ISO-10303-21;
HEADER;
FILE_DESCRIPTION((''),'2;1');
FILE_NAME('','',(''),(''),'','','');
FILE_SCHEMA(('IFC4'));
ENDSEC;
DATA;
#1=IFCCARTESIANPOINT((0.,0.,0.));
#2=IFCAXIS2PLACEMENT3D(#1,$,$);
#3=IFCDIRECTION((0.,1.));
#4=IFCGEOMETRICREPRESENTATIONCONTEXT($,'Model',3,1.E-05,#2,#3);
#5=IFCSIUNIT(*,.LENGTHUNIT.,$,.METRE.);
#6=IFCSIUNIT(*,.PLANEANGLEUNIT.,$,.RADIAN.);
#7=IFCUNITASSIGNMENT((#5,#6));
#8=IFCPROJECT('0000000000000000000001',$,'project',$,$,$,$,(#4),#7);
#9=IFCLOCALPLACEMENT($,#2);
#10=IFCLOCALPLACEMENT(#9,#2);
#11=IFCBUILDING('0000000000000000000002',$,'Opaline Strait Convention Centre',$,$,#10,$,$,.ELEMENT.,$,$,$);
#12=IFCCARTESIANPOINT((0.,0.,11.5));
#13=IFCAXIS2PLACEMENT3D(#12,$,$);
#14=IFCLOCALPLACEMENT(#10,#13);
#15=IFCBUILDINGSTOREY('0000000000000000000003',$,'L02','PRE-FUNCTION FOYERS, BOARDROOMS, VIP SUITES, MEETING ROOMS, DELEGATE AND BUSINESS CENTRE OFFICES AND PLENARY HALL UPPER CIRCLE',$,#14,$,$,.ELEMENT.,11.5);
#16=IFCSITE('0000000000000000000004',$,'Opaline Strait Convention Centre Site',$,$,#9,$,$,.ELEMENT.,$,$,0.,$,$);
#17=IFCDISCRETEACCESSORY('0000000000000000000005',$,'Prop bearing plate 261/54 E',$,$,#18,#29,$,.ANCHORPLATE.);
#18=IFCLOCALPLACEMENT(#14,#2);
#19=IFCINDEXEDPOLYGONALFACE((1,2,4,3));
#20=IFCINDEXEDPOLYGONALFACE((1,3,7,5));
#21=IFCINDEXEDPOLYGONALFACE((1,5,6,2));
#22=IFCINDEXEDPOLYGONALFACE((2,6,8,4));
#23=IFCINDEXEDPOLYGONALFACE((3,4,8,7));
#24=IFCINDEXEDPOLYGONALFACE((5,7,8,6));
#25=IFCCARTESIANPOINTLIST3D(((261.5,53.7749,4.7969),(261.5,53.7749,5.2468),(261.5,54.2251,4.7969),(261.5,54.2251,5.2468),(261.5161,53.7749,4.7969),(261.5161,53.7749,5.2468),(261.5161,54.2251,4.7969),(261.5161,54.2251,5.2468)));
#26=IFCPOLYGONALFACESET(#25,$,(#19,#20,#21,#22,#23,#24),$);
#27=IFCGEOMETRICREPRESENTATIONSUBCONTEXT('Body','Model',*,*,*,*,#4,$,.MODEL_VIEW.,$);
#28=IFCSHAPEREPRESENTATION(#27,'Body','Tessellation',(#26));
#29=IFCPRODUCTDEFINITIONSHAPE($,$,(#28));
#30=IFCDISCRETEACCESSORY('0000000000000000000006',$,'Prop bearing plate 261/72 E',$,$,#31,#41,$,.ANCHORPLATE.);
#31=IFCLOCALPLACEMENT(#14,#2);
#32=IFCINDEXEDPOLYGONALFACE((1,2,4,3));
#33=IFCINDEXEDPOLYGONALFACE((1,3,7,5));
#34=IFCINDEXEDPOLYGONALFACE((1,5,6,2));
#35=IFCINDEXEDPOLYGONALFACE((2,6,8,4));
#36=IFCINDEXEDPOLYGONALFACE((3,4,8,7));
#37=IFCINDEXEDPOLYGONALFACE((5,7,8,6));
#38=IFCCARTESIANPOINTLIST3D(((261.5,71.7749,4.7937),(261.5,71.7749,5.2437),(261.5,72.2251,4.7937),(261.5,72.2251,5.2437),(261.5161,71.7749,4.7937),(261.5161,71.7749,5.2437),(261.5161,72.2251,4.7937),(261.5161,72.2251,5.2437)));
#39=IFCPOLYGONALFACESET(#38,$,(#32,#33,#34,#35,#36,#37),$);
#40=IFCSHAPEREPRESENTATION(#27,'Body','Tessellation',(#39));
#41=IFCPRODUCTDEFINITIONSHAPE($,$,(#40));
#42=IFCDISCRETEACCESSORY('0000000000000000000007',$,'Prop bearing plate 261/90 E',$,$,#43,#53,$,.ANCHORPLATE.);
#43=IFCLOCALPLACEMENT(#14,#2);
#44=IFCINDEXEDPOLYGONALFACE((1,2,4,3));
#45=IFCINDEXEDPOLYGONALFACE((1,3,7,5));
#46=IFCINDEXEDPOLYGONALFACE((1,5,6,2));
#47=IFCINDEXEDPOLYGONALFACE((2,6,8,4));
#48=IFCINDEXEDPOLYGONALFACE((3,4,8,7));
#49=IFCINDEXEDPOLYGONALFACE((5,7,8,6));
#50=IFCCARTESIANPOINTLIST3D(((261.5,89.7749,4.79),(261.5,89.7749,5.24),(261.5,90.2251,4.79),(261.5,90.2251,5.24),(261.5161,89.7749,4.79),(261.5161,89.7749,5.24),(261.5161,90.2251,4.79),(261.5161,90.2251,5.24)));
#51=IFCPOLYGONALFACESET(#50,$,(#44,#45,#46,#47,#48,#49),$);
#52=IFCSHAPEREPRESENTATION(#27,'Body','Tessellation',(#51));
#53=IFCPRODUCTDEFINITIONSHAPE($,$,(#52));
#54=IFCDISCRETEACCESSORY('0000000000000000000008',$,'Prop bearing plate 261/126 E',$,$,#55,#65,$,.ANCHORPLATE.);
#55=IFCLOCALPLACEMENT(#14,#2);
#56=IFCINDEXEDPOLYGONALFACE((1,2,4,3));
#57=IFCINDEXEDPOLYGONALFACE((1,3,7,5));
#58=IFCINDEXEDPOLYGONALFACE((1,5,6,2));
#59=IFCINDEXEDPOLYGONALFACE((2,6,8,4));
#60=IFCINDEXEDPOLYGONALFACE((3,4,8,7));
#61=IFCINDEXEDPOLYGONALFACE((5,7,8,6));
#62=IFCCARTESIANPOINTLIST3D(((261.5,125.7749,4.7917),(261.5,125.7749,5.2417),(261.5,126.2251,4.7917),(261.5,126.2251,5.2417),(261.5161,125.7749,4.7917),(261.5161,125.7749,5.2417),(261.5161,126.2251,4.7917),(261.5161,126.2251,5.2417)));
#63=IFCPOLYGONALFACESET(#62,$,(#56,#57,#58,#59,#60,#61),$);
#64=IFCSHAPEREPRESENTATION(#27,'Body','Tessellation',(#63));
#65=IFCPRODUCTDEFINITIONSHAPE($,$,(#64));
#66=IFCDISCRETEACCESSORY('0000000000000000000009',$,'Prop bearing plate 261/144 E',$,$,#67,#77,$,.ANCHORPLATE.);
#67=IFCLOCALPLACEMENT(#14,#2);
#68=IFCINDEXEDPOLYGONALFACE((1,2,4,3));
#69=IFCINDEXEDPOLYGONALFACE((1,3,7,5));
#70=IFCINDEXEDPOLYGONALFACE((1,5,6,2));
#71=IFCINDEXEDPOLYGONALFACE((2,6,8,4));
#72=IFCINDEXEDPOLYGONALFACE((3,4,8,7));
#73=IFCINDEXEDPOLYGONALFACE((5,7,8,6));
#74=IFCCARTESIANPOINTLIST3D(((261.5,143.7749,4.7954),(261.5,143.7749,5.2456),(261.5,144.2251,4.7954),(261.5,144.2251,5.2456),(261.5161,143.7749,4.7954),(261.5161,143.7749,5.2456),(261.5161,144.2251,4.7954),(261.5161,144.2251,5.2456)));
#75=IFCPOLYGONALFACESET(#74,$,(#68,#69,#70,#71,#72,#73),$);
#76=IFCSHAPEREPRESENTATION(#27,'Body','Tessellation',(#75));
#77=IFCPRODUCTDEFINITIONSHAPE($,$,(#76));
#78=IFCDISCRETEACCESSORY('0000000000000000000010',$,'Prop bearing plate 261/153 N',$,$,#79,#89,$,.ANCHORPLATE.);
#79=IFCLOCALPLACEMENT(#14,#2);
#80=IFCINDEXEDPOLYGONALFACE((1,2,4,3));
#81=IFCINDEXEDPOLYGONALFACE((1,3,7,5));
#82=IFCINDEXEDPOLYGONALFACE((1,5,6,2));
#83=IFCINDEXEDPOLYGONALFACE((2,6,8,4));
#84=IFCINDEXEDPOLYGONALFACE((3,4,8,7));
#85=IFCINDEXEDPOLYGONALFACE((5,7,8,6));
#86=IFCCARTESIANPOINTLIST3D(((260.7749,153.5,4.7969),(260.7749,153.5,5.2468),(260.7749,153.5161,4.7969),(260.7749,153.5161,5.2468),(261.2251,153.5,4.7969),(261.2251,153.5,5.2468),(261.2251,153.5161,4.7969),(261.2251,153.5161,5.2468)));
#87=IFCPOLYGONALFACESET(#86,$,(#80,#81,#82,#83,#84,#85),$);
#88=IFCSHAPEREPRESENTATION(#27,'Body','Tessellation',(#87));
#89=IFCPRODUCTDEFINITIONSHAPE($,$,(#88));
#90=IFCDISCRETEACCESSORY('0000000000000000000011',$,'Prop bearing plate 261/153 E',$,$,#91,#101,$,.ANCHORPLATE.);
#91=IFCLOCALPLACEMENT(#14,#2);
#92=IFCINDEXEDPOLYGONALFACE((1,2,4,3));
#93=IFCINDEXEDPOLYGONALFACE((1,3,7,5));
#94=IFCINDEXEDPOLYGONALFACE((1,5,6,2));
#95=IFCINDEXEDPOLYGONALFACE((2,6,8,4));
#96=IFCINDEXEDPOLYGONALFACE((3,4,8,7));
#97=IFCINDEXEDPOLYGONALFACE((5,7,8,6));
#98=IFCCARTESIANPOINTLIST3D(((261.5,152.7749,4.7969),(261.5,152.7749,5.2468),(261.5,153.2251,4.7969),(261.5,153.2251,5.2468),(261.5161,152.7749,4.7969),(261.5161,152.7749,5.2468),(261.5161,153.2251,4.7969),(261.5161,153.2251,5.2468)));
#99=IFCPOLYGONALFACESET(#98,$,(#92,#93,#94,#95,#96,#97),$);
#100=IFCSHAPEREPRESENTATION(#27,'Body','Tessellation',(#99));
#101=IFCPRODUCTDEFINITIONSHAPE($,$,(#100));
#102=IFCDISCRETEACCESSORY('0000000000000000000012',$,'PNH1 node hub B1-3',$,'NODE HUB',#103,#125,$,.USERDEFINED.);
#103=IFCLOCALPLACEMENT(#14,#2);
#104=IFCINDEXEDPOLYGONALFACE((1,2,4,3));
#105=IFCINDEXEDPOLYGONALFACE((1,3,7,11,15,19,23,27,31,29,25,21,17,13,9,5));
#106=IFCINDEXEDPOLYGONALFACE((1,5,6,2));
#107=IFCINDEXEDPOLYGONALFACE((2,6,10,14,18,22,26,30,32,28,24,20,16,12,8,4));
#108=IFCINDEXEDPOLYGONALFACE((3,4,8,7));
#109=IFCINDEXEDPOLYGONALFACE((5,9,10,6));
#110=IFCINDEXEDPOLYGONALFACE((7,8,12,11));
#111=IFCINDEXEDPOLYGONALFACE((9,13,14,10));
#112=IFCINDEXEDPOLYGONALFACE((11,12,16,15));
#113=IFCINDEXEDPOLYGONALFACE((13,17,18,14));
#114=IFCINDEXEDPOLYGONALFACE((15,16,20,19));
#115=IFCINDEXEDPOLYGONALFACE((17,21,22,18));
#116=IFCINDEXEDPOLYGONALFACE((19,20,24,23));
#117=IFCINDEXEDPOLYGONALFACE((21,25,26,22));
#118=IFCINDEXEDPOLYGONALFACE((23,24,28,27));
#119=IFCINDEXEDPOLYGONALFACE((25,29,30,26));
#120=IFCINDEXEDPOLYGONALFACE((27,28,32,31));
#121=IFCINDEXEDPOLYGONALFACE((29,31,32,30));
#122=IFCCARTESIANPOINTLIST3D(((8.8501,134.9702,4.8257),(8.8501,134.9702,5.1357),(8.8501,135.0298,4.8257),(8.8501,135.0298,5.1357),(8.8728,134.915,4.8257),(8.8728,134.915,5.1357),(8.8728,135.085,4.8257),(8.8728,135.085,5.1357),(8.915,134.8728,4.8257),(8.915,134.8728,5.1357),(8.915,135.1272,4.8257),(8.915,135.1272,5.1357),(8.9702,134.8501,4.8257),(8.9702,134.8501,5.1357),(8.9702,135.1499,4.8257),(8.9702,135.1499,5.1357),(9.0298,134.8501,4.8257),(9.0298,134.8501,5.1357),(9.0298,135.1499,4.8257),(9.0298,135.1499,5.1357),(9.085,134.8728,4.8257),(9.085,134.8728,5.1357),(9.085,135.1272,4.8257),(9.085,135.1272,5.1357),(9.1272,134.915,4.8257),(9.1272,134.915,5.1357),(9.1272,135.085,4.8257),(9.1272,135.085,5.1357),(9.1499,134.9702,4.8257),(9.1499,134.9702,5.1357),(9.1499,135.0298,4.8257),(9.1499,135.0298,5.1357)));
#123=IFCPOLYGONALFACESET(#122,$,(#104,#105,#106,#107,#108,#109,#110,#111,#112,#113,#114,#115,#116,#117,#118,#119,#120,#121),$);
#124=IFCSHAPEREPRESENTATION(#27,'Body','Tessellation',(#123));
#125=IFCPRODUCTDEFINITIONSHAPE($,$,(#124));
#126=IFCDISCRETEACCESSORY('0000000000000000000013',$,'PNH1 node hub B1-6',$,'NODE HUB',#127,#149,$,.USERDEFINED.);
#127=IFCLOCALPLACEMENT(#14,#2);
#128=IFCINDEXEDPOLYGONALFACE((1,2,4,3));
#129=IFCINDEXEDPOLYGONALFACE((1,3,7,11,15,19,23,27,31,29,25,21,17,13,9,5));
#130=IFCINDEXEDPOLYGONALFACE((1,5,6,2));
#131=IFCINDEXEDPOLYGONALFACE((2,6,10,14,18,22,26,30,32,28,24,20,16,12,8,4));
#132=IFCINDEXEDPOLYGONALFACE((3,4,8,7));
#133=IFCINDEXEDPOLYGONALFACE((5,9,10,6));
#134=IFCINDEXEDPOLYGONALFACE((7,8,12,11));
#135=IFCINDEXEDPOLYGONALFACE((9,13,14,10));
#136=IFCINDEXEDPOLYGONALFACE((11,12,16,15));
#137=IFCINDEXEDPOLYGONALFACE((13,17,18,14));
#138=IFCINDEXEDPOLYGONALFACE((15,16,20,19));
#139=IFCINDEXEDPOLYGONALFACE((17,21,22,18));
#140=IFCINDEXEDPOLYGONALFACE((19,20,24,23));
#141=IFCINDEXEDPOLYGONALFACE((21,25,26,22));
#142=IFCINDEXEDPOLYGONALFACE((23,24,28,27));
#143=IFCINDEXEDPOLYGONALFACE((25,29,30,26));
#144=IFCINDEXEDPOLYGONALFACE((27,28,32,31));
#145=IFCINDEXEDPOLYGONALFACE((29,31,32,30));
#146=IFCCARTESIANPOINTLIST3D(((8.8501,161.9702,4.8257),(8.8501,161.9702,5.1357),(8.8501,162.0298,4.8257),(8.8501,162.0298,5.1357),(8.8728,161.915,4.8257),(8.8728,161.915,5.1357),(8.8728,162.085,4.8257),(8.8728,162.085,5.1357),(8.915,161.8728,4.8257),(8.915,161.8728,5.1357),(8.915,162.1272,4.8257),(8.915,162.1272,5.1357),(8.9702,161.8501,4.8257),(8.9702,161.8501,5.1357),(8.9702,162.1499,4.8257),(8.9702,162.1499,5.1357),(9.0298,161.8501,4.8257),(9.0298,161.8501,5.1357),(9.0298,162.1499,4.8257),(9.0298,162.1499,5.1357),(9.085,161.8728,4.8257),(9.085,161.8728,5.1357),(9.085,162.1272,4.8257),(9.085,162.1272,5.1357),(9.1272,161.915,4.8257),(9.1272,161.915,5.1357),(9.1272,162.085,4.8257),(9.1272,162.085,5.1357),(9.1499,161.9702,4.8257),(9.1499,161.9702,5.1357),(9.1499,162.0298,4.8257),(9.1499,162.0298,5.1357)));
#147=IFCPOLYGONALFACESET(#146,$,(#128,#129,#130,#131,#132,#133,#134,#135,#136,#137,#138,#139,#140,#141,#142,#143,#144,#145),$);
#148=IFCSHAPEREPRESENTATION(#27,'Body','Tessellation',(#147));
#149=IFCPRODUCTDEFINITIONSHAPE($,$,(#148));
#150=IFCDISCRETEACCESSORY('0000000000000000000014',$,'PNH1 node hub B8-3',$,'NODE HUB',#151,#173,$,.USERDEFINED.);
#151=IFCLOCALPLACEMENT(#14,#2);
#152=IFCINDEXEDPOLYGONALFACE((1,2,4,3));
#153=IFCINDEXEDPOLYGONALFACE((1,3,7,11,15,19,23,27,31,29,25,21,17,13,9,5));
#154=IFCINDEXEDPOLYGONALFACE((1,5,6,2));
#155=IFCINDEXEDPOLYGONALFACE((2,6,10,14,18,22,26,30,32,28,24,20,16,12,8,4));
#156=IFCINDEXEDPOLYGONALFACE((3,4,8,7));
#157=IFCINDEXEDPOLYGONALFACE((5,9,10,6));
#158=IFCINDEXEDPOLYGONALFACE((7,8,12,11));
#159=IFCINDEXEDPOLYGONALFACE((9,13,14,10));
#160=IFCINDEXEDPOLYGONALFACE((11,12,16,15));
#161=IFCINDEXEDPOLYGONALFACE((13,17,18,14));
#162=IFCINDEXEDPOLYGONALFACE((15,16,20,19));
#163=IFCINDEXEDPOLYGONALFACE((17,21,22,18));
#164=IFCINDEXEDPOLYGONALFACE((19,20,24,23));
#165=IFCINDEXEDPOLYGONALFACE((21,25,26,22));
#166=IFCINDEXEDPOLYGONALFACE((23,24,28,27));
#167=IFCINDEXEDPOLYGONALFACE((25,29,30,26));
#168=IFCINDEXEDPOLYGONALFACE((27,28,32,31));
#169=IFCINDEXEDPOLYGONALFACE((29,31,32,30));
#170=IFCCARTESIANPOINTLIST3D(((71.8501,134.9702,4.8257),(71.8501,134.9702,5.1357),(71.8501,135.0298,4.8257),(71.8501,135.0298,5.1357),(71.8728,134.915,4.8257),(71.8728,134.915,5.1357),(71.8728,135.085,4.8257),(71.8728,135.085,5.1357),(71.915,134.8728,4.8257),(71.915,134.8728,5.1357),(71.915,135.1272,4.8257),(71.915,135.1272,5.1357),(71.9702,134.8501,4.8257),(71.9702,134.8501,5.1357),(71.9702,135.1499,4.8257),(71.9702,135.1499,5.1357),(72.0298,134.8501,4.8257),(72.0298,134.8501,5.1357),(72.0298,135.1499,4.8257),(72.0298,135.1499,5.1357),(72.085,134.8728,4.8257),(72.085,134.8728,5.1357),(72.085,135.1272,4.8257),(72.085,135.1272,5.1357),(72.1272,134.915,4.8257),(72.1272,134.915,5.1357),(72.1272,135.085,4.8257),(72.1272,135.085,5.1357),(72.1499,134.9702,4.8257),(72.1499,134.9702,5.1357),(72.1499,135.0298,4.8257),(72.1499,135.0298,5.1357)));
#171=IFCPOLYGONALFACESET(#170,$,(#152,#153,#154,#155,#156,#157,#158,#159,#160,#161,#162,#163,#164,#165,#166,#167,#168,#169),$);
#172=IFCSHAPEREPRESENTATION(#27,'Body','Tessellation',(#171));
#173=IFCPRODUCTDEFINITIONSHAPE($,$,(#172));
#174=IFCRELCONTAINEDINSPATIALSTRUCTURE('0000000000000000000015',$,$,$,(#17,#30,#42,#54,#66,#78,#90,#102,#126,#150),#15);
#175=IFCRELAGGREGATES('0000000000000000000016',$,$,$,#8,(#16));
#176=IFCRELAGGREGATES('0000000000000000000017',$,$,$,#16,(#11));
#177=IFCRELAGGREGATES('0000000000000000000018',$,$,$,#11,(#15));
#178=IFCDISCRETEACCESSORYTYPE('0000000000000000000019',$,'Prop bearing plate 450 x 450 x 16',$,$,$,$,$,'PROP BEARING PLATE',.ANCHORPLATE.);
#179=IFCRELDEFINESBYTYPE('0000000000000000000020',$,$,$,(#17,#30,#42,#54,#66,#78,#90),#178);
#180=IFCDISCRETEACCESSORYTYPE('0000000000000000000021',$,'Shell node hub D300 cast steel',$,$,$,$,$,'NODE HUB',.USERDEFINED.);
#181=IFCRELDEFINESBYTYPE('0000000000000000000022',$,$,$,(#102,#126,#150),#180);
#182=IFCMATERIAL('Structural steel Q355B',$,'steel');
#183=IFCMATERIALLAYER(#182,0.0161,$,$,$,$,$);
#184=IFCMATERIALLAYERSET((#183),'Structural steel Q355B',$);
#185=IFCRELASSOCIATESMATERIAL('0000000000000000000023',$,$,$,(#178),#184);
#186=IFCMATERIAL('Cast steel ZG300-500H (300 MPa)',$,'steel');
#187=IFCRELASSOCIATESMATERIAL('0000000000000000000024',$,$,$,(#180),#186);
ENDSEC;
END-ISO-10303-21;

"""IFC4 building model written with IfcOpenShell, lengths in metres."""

from ifc_helpers import new_model, si_unit, direction, frame, origin, place, context, subcontext, project, spatial, polyline, outline, extrude, material, layer, layer_set, type_object, element, save


model = new_model("IFC4")

# Units and contexts
model_context = context("Model", 3, precision=1e-05, world=origin(), true_north=direction((0.0, 1.0)))
body_context = subcontext(model_context, "Body", "Model", "MODEL_VIEW")
ifc_project = project(units=[si_unit("LENGTHUNIT", "METRE"), si_unit("PLANEANGLEUNIT", "RADIAN")], contexts=[model_context])

# Site, building, storey
site_placement = place(None, origin())
site = spatial("IfcSite", under=ifc_project, at=site_placement, Name="Opaline Strait Convention Centre Site", CompositionType="ELEMENT", RefElevation=0.0)
building_placement = place(site_placement, origin())
building = spatial("IfcBuilding", under=site, at=building_placement, Name="Opaline Strait Convention Centre", CompositionType="ELEMENT")
storey_placement = place(building_placement, frame((0.0, 0.0, 11.5)))
storey = spatial("IfcBuildingStorey", under=building, at=storey_placement, Name="L02", Description="PRE-FUNCTION FOYERS, BOARDROOMS, VIP SUITES, MEETING ROOMS, DELEGATE AND BUSINESS CENTRE OFFICES AND PLENARY HALL UPPER CIRCLE", CompositionType="ELEMENT", Elevation=11.5)

# Discrete accessories
ifc_material_1 = material(Name="Structural steel Q355B", Category="steel")
ifc_layer = layer(ifc_material_1, 0.0161)
ifc_layer_set = layer_set([ifc_layer], Name="Structural steel Q355B")
discrete_accessory_type_1 = type_object("IfcDiscreteAccessoryType", Name="Prop bearing plate 450 x 450 x 16", ElementType="PROP BEARING PLATE", PredefinedType="ANCHORPLATE", material=ifc_layer_set)
discrete_accessory_1_placement = place(storey_placement, frame((0.0, 0.0, 4.7969)))
element("IfcDiscreteAccessory", 1, at=discrete_accessory_1_placement, inside=storey, type_object=discrete_accessory_type_1, Name="Prop bearing plate 261/54 E", PredefinedType="ANCHORPLATE", context=body_context, shape_type="SweptSolid", body=[
    extrude(outline(polyline([(261.5, 53.7749), (261.5161, 53.7749), (261.5161, 54.2251), (261.5, 54.2251), (261.5, 53.7749)])), origin(), (0.0, 0.0, 1.0), 0.45),
])
discrete_accessory_2_placement = place(storey_placement, frame((0.0, 0.0, 4.7937)))
element("IfcDiscreteAccessory", 2, at=discrete_accessory_2_placement, inside=storey, type_object=discrete_accessory_type_1, Name="Prop bearing plate 261/72 E", PredefinedType="ANCHORPLATE", context=body_context, shape_type="SweptSolid", body=[
    extrude(outline(polyline([(261.5, 71.7749), (261.5161, 71.7749), (261.5161, 72.2251), (261.5, 72.2251), (261.5, 71.7749)])), origin(), (0.0, 0.0, 1.0), 0.45),
])
discrete_accessory_3_placement = place(storey_placement, frame((0.0, 0.0, 4.79)))
element("IfcDiscreteAccessory", 3, at=discrete_accessory_3_placement, inside=storey, type_object=discrete_accessory_type_1, Name="Prop bearing plate 261/90 E", PredefinedType="ANCHORPLATE", context=body_context, shape_type="SweptSolid", body=[
    extrude(outline(polyline([(261.5, 89.7749), (261.5161, 89.7749), (261.5161, 90.2251), (261.5, 90.2251), (261.5, 89.7749)])), origin(), (0.0, 0.0, 1.0), 0.45),
])
discrete_accessory_4_placement = place(storey_placement, frame((0.0, 0.0, 4.7917)))
element("IfcDiscreteAccessory", 4, at=discrete_accessory_4_placement, inside=storey, type_object=discrete_accessory_type_1, Name="Prop bearing plate 261/126 E", PredefinedType="ANCHORPLATE", context=body_context, shape_type="SweptSolid", body=[
    extrude(outline(polyline([(261.5, 125.7749), (261.5161, 125.7749), (261.5161, 126.2251), (261.5, 126.2251), (261.5, 125.7749)])), origin(), (0.0, 0.0, 1.0), 0.45),
])
discrete_accessory_5_placement = place(storey_placement, frame((0.0, 0.0, 4.7954)))
element("IfcDiscreteAccessory", 5, at=discrete_accessory_5_placement, inside=storey, type_object=discrete_accessory_type_1, Name="Prop bearing plate 261/144 E", PredefinedType="ANCHORPLATE", context=body_context, shape_type="SweptSolid", body=[
    extrude(outline(polyline([(261.5, 143.7749), (261.5161, 143.7749), (261.5161, 144.2251), (261.5, 144.2251), (261.5, 143.7749)])), origin(), (0.0, 0.0, 1.0), 0.4502),
])
discrete_accessory_6_placement = place(storey_placement, frame((0.0, 0.0, 4.7969)))
element("IfcDiscreteAccessory", 6, at=discrete_accessory_6_placement, inside=storey, type_object=discrete_accessory_type_1, Name="Prop bearing plate 261/153 N", PredefinedType="ANCHORPLATE", context=body_context, shape_type="SweptSolid", body=[
    extrude(outline(polyline([(260.7749, 153.5), (261.2251, 153.5), (261.2251, 153.5161), (260.7749, 153.5161), (260.7749, 153.5)])), origin(), (0.0, 0.0, 1.0), 0.45),
])
discrete_accessory_7_placement = place(storey_placement, frame((0.0, 0.0, 4.7969)))
element("IfcDiscreteAccessory", 7, at=discrete_accessory_7_placement, inside=storey, type_object=discrete_accessory_type_1, Name="Prop bearing plate 261/153 E", PredefinedType="ANCHORPLATE", context=body_context, shape_type="SweptSolid", body=[
    extrude(outline(polyline([(261.5, 152.7749), (261.5161, 152.7749), (261.5161, 153.2251), (261.5, 153.2251), (261.5, 152.7749)])), origin(), (0.0, 0.0, 1.0), 0.45),
])
ifc_material_2 = material(Name="Cast steel ZG300-500H (300 MPa)", Category="steel")
discrete_accessory_type_2 = type_object("IfcDiscreteAccessoryType", Name="Shell node hub D300 cast steel", ElementType="NODE HUB", PredefinedType="USERDEFINED", material=ifc_material_2)
discrete_accessory_8_placement = place(storey_placement, frame((0.0, 0.0, 4.8257)))
element("IfcDiscreteAccessory", 8, at=discrete_accessory_8_placement, inside=storey, type_object=discrete_accessory_type_2, Name="PNH1 node hub B1-3", ObjectType="NODE HUB", PredefinedType="USERDEFINED", context=body_context, shape_type="SweptSolid", body=[
    extrude(outline(polyline([(9.1499, 135.0298), (9.1272, 135.085), (9.085, 135.1272), (9.0298, 135.1499), (8.9702, 135.1499), (8.915, 135.1272), (8.8728, 135.085), (8.8501, 135.0298), (8.8501, 134.9702), (8.8728, 134.915), (8.915, 134.8728), (8.9702, 134.8501), (9.0298, 134.8501), (9.085, 134.8728), (9.1272, 134.915), (9.1499, 134.9702), (9.1499, 135.0298)])), origin(), (0.0, 0.0, 1.0), 0.3101),
])
discrete_accessory_9_placement = place(storey_placement, frame((0.0, 0.0, 4.8257)))
element("IfcDiscreteAccessory", 9, at=discrete_accessory_9_placement, inside=storey, type_object=discrete_accessory_type_2, Name="PNH1 node hub B1-6", ObjectType="NODE HUB", PredefinedType="USERDEFINED", context=body_context, shape_type="SweptSolid", body=[
    extrude(outline(polyline([(9.1499, 162.0298), (9.1272, 162.085), (9.085, 162.1272), (9.0298, 162.1499), (8.9702, 162.1499), (8.915, 162.1272), (8.8728, 162.085), (8.8501, 162.0298), (8.8501, 161.9702), (8.8728, 161.915), (8.915, 161.8728), (8.9702, 161.8501), (9.0298, 161.8501), (9.085, 161.8728), (9.1272, 161.915), (9.1499, 161.9702), (9.1499, 162.0298)])), origin(), (0.0, 0.0, 1.0), 0.3101),
])
discrete_accessory_10_placement = place(storey_placement, frame((0.0, 0.0, 4.8257)))
element("IfcDiscreteAccessory", 10, at=discrete_accessory_10_placement, inside=storey, type_object=discrete_accessory_type_2, Name="PNH1 node hub B8-3", ObjectType="NODE HUB", PredefinedType="USERDEFINED", context=body_context, shape_type="SweptSolid", body=[
    extrude(outline(polyline([(72.1499, 135.0298), (72.1272, 135.085), (72.085, 135.1272), (72.0298, 135.1499), (71.9702, 135.1499), (71.915, 135.1272), (71.8728, 135.085), (71.8501, 135.0298), (71.8501, 134.9702), (71.8728, 134.915), (71.915, 134.8728), (71.9702, 134.8501), (72.0298, 134.8501), (72.085, 134.8728), (72.1272, 134.915), (72.1499, 134.9702), (72.1499, 135.0298)])), origin(), (0.0, 0.0, 1.0), 0.3101),
])

save(model, "model.ifc")
